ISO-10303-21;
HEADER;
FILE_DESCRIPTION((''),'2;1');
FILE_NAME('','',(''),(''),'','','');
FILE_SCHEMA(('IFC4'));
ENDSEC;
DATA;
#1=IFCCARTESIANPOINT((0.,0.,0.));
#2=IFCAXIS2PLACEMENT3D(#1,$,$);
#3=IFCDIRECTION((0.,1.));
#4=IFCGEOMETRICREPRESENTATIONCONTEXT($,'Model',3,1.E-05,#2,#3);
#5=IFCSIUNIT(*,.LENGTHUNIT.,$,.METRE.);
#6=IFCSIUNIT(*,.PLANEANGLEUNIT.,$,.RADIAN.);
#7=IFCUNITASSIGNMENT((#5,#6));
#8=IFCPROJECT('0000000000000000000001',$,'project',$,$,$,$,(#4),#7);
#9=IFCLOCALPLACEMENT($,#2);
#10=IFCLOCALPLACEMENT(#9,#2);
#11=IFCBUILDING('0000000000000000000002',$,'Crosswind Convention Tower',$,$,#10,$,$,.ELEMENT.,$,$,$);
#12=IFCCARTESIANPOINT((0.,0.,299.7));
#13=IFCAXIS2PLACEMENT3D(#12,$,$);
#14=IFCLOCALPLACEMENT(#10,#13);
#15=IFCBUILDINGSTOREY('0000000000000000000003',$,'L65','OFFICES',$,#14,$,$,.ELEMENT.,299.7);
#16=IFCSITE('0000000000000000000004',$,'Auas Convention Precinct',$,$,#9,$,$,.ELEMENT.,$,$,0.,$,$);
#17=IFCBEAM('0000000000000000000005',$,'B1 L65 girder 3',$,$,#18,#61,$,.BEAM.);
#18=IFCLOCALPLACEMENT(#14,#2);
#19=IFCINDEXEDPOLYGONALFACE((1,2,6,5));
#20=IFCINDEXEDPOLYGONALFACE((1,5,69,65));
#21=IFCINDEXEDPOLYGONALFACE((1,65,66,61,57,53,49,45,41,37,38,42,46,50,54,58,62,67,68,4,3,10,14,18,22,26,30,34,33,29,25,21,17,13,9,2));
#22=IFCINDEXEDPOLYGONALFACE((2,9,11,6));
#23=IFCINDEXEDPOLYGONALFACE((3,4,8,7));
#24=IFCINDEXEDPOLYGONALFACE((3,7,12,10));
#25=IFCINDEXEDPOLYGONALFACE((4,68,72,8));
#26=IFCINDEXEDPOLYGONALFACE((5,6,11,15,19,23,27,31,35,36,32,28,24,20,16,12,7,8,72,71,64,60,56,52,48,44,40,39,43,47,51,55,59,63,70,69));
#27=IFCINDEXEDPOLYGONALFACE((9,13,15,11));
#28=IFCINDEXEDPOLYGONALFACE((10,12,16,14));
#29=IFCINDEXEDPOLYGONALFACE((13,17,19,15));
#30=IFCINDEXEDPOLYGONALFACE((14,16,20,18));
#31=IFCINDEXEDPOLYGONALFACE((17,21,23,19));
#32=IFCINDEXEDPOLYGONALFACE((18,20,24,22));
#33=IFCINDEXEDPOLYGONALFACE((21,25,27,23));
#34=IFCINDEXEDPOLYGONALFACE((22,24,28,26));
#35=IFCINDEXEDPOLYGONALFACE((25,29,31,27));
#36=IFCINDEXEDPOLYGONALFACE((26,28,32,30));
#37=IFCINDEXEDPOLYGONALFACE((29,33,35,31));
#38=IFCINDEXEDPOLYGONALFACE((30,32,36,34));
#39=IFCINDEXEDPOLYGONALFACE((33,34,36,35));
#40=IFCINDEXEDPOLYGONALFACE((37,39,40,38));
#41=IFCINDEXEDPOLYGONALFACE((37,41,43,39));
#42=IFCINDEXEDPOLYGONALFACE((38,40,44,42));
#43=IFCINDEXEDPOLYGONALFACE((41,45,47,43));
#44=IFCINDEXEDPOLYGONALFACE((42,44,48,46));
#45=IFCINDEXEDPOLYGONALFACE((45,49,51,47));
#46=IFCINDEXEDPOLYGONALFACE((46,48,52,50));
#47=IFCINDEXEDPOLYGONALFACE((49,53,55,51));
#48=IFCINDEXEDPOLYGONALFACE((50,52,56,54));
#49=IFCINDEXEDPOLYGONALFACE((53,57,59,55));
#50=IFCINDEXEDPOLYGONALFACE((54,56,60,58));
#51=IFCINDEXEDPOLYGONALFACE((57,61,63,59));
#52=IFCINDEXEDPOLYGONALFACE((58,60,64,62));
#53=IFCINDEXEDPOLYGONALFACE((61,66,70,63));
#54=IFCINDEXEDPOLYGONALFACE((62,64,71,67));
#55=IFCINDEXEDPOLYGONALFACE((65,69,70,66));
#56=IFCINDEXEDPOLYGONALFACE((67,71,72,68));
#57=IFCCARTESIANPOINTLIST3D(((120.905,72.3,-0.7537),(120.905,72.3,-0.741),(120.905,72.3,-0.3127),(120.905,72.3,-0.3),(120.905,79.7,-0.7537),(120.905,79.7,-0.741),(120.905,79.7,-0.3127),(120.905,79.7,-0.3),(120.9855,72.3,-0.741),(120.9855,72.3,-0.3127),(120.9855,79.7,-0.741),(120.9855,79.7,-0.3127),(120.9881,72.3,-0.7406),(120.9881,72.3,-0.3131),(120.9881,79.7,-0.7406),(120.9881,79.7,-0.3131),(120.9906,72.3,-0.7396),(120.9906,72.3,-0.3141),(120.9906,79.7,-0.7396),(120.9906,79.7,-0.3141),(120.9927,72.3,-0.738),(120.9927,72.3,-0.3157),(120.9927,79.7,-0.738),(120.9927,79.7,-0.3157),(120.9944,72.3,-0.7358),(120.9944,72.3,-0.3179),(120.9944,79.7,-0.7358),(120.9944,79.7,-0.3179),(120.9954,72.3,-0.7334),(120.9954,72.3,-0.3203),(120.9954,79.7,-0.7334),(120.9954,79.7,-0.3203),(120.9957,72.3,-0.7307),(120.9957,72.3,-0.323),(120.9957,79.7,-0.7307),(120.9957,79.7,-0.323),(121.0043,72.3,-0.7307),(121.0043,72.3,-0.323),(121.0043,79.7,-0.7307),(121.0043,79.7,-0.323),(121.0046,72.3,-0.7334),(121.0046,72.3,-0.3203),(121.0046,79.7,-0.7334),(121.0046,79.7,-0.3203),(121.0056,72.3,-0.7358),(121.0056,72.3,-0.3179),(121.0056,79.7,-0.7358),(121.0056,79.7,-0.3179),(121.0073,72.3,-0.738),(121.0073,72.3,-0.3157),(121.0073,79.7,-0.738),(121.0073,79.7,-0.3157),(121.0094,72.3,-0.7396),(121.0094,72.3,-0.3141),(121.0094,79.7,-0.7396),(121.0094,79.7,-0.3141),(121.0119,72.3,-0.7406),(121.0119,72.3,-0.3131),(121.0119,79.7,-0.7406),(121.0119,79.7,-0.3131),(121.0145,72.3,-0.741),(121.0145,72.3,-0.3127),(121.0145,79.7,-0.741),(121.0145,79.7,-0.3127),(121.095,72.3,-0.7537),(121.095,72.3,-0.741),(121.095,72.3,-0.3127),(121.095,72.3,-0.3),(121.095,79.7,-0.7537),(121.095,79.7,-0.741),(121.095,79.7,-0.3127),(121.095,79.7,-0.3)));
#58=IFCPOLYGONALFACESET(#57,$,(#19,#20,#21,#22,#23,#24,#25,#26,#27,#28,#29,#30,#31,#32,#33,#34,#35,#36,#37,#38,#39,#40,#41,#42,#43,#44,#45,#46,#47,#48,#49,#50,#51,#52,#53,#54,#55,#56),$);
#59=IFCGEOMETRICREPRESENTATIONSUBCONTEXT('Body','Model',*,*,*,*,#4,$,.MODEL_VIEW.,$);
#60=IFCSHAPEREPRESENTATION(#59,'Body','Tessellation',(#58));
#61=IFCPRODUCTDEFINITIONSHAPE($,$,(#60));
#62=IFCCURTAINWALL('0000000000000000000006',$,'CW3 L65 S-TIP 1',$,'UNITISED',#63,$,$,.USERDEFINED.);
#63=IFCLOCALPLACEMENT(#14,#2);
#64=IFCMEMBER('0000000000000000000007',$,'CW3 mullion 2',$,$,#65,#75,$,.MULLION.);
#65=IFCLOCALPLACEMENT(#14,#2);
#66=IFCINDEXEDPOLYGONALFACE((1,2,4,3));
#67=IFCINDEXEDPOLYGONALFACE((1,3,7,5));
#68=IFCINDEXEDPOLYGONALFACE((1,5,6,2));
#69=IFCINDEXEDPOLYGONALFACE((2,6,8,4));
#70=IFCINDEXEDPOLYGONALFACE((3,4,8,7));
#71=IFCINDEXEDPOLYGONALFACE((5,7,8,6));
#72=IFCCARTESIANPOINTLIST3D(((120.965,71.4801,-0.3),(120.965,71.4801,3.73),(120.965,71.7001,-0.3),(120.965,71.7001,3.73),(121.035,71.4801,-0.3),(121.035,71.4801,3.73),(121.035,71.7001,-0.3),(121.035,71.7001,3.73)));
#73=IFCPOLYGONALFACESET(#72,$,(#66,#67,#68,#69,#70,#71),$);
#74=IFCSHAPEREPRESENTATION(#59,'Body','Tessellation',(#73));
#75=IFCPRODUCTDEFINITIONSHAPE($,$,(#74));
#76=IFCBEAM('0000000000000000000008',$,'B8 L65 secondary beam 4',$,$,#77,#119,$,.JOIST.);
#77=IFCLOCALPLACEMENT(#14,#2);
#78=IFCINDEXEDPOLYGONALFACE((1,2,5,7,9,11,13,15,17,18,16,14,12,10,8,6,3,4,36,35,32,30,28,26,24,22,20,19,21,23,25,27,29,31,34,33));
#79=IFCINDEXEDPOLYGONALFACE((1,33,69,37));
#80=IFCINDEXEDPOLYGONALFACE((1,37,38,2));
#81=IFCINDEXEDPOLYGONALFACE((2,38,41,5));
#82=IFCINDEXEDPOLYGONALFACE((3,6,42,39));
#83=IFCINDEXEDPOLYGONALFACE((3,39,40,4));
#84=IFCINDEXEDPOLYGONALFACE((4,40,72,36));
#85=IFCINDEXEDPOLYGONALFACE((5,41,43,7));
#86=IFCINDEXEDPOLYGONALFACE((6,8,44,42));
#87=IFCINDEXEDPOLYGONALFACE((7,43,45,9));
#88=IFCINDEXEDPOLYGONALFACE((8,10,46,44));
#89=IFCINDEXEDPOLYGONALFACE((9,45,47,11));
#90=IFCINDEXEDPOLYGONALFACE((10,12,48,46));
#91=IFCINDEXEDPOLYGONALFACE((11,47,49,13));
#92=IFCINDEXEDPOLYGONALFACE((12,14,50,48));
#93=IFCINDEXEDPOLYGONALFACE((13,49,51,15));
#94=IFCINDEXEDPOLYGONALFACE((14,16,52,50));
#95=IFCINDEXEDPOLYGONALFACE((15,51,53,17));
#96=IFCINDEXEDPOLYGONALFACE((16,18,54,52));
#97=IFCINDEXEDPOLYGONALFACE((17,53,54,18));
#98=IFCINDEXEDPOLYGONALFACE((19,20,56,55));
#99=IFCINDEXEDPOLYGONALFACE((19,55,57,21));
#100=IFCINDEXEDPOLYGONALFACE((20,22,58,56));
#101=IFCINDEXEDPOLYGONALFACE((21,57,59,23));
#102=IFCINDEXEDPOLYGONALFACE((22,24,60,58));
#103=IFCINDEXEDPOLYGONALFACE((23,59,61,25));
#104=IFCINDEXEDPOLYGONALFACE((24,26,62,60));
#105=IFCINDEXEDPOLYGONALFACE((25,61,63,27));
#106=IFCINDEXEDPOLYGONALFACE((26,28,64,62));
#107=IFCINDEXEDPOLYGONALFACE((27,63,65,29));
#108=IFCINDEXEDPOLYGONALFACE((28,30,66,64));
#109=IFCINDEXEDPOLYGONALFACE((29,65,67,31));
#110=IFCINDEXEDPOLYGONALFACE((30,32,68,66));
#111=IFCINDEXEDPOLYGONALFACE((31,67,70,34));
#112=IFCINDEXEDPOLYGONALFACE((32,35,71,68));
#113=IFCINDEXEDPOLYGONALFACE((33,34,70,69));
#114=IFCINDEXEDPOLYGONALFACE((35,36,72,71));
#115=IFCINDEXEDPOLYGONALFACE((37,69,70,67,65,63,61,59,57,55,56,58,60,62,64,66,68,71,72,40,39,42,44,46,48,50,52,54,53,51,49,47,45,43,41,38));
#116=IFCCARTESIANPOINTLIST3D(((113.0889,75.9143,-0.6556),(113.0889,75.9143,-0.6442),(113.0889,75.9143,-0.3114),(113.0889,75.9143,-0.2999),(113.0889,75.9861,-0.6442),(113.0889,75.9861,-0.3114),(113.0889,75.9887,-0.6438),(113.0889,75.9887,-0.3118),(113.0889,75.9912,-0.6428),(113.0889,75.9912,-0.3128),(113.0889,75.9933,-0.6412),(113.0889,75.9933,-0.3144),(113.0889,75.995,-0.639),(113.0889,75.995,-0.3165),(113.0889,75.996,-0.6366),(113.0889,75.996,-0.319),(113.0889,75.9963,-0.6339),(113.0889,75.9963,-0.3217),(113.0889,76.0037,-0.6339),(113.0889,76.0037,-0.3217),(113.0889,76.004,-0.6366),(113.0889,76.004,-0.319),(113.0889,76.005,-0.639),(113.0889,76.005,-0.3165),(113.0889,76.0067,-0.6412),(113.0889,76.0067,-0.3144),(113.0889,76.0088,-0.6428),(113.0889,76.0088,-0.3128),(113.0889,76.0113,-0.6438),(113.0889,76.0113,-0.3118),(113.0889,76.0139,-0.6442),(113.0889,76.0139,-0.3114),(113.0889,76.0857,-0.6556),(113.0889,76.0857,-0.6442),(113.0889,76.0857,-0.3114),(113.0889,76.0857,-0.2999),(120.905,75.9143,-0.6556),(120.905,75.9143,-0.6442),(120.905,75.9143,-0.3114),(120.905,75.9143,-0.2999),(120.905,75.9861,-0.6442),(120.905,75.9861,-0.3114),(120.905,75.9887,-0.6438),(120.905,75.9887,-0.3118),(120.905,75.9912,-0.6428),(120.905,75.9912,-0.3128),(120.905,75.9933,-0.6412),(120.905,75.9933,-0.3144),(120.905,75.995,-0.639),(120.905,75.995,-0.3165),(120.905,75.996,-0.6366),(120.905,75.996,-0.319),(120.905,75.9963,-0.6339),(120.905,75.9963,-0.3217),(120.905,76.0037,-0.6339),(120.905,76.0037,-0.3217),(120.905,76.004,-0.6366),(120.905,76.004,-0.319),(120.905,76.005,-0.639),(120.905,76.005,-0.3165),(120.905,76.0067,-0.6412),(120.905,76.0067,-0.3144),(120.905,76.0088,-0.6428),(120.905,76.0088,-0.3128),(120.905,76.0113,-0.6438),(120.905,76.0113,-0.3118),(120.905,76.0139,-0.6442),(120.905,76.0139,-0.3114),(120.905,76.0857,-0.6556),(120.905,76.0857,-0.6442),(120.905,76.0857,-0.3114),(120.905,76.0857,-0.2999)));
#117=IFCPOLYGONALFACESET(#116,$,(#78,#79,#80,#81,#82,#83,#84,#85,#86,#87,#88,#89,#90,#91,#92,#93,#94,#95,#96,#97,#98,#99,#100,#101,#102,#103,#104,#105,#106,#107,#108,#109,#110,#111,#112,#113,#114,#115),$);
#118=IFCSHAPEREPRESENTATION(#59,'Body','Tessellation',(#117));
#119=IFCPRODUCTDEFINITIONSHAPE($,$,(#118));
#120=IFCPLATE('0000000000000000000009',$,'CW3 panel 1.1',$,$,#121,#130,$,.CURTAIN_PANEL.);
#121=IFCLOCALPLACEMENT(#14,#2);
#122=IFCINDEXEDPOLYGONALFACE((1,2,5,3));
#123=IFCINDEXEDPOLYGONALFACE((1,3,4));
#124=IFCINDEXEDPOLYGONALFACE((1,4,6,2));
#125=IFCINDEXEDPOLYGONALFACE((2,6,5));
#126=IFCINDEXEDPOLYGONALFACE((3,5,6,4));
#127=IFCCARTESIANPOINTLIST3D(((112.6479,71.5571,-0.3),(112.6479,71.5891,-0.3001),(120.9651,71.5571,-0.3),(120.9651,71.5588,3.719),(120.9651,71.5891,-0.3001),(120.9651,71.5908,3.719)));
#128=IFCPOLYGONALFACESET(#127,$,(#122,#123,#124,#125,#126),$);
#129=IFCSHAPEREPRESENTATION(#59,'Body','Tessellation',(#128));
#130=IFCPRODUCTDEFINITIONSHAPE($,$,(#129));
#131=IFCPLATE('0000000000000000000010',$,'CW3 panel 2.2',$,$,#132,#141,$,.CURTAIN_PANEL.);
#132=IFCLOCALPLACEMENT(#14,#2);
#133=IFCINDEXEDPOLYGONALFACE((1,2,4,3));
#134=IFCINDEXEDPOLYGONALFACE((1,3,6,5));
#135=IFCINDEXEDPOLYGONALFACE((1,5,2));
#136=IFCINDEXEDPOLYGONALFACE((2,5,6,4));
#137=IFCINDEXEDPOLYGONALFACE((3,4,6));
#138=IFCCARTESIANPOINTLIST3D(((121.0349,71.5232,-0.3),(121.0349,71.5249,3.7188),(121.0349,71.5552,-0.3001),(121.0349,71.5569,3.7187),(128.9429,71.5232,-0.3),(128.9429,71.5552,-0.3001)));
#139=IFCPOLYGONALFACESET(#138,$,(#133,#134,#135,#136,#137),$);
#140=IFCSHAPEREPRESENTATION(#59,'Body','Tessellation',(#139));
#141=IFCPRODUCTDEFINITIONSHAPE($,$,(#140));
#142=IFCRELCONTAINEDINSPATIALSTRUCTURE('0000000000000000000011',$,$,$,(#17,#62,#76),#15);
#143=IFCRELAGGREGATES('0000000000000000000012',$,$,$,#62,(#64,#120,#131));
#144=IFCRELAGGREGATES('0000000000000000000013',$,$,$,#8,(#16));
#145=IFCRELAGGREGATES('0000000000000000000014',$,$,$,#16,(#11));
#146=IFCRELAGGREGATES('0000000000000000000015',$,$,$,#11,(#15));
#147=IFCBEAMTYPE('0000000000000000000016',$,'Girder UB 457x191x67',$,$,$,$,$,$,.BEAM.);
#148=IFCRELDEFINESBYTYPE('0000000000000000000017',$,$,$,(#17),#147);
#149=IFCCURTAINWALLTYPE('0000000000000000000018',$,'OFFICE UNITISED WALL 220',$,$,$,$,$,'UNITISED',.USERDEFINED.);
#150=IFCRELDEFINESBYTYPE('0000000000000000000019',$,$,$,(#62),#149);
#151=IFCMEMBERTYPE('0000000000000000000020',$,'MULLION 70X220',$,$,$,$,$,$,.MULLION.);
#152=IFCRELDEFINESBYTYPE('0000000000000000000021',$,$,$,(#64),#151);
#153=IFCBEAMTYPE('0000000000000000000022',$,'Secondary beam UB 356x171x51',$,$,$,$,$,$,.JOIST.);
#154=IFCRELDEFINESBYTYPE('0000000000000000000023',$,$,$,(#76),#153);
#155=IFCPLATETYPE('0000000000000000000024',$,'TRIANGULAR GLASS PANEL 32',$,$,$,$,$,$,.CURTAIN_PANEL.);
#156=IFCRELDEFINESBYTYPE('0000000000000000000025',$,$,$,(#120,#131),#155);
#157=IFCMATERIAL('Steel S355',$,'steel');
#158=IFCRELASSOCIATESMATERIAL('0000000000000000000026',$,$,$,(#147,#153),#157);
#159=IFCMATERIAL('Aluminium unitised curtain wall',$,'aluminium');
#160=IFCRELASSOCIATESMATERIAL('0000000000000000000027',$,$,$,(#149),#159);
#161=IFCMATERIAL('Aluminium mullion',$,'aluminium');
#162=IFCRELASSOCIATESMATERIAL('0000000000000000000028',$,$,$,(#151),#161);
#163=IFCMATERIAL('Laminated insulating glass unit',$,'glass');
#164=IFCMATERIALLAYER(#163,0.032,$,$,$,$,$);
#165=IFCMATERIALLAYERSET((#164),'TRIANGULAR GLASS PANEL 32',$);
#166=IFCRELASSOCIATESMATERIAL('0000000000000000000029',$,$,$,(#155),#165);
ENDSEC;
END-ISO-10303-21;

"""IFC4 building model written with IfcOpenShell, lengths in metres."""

from ifc_helpers import new_model, si_unit, direction, frame, origin, origin_2d, place, context, subcontext, project, spatial, polyline, rectangle, i_section, outline, extrude, material, layer, layer_set, material_profile, profile_set, type_object, element, aggregate, save


model = new_model("IFC4")

# Units and contexts
model_context = context("Model", 3, precision=1e-05, world=origin(), true_north=direction((0.0, 1.0)))
body_context = subcontext(model_context, "Body", "Model", "MODEL_VIEW")
ifc_project = project(units=[si_unit("LENGTHUNIT", "METRE"), si_unit("PLANEANGLEUNIT", "RADIAN")], contexts=[model_context])

# Site, building, storey
site_placement = place(None, origin())
site = spatial("IfcSite", under=ifc_project, at=site_placement, Name="Auas Convention Precinct", CompositionType="ELEMENT", RefElevation=0.0)
building_placement = place(site_placement, origin())
building = spatial("IfcBuilding", under=site, at=building_placement, Name="Crosswind Convention Tower", CompositionType="ELEMENT")
storey_placement = place(building_placement, frame((0.0, 0.0, 299.7)))
storey = spatial("IfcBuildingStorey", under=building, at=storey_placement, Name="L65", Description="OFFICES", CompositionType="ELEMENT", Elevation=299.7)

# Beam
ifc_material_1 = material(Name="Steel S355", Category="steel")
ifc_material_profile_1 = material_profile(ifc_material_1, i_section(OverallWidth=0.1899, OverallDepth=0.4536, WebThickness=0.0085, FlangeThickness=0.0127, FilletRadius=0.0103, at=origin_2d()), Name="UB 457x191x67")
ifc_profile_set_1 = profile_set([ifc_material_profile_1], Name="Steel S355")
beam_type_1 = type_object("IfcBeamType", Name="Girder UB 457x191x67", PredefinedType="BEAM", material=ifc_profile_set_1)
for number, where, z_axis, x_axis, name in (
    (1, (121.0, 72.3, -0.5269), (0.0, 1.0, 0.0), (-1.0, 0.0, 0.0), "B1 L65 girder 3"),
):
    element("IfcBeam", number, at=place(storey_placement, frame(where, z_axis=z_axis, x_axis=x_axis)), inside=storey, type_object=beam_type_1, Name=name, PredefinedType="BEAM", context=body_context, shape_type="SweptSolid", body=[
        extrude(i_section(OverallWidth=0.1899, OverallDepth=0.4536, WebThickness=0.0085, FlangeThickness=0.0127, FilletRadius=0.0103, at=origin_2d()), origin(), (0.0, 0.0, 1.0), 7.3999),
    ])

# Curtain wall, member
ifc_material_2 = material(Name="Aluminium unitised curtain wall", Category="aluminium")
curtain_wall_type = type_object("IfcCurtainWallType", Name="OFFICE UNITISED WALL 220", ElementType="UNITISED", PredefinedType="USERDEFINED", material=ifc_material_2)
curtain_wall_placement = place(storey_placement, origin())
curtain_wall = element("IfcCurtainWall", 2, at=curtain_wall_placement, inside=storey, type_object=curtain_wall_type, Name="CW3 L65 S-TIP 1", ObjectType="UNITISED", PredefinedType="USERDEFINED")
ifc_material_3 = material(Name="Aluminium mullion", Category="aluminium")
ifc_material_profile_2 = material_profile(ifc_material_3, rectangle(XDim=0.22, YDim=0.0701, at=origin_2d()), Name="AL 220X70")
ifc_profile_set_2 = profile_set([ifc_material_profile_2], Name="Aluminium mullion")
member_type = type_object("IfcMemberType", Name="MULLION 70X220", PredefinedType="MULLION", material=ifc_profile_set_2)
member_placement = place(storey_placement, frame((121.0, 71.5901, -0.3), z_axis=(0.0, 0.0, 1.0), x_axis=(0.0, -1.0, 0.0)))
member = element("IfcMember", 3, at=member_placement, type_object=member_type, Name="CW3 mullion 2", PredefinedType="MULLION", context=body_context, shape_type="SweptSolid", body=[
    extrude(rectangle(XDim=0.22, YDim=0.0701, at=origin_2d()), origin(), (0.0, 0.0, 1.0), 4.03),
])

# Beam
ifc_material_profile_3 = material_profile(ifc_material_1, i_section(OverallWidth=0.1714, OverallDepth=0.3557, WebThickness=0.0073, FlangeThickness=0.0115, FilletRadius=0.0103, at=origin_2d()), Name="UB 356x171x51")
ifc_profile_set_3 = profile_set([ifc_material_profile_3], Name="Steel S355")
beam_type_2 = type_object("IfcBeamType", Name="Secondary beam UB 356x171x51", PredefinedType="JOIST", material=ifc_profile_set_3)
beam_placement = place(storey_placement, frame((113.0889, 76.0, -0.4778), z_axis=(1.0, 0.0, 0.0), x_axis=(0.0, 1.0, 0.0)))
element("IfcBeam", 4, at=beam_placement, inside=storey, type_object=beam_type_2, Name="B8 L65 secondary beam 4", PredefinedType="JOIST", context=body_context, shape_type="SweptSolid", body=[
    extrude(i_section(OverallWidth=0.1714, OverallDepth=0.3557, WebThickness=0.0073, FlangeThickness=0.0115, FilletRadius=0.0103, at=origin_2d()), origin(), (0.0, 0.0, 1.0), 7.8162),
])

# Plates
ifc_material_4 = material(Name="Laminated insulating glass unit", Category="glass")
ifc_layer_1 = layer(ifc_material_4, 0.032)
ifc_layer_set_1 = layer_set([ifc_layer_1], Name="TRIANGULAR GLASS PANEL 32")
plate_type = type_object("IfcPlateType", Name="TRIANGULAR GLASS PANEL 32", PredefinedType="CURTAIN_PANEL", material=ifc_layer_set_1)
plate_1_placement = place(storey_placement, frame((120.9651, 71.5571, -0.3), z_axis=(0.0, -1.0, 0.000425), x_axis=(0.0, 0.000425, 1.0)))
plate_1 = element("IfcPlate", 5, at=plate_1_placement, type_object=plate_type, Name="CW3 panel 1.1", PredefinedType="CURTAIN_PANEL", context=body_context, shape_type="SweptSolid", body=[
    extrude(outline(polyline([(0.0, 0.0), (4.019, 0.0), (0.0, 8.3171), (0.0, 0.0)])), origin(), (0.0, 0.0, -1.0), 0.032),
])
plate_2_placement = place(storey_placement, frame((121.0349, 71.5232, -0.3), z_axis=(0.0, -1.0, 0.000425), x_axis=(1.0, 0.0, 0.0)))
plate_2 = element("IfcPlate", 6, at=plate_2_placement, type_object=plate_type, Name="CW3 panel 2.2", PredefinedType="CURTAIN_PANEL", context=body_context, shape_type="SweptSolid", body=[
    extrude(outline(polyline([(0.0, 0.0), (7.908, 0.0), (0.0, 4.0188), (0.0, 0.0)])), origin(), (0.0, 0.0, -1.0), 0.032),
])
aggregate(curtain_wall, [member, plate_1, plate_2])

save(model, "model.ifc")
